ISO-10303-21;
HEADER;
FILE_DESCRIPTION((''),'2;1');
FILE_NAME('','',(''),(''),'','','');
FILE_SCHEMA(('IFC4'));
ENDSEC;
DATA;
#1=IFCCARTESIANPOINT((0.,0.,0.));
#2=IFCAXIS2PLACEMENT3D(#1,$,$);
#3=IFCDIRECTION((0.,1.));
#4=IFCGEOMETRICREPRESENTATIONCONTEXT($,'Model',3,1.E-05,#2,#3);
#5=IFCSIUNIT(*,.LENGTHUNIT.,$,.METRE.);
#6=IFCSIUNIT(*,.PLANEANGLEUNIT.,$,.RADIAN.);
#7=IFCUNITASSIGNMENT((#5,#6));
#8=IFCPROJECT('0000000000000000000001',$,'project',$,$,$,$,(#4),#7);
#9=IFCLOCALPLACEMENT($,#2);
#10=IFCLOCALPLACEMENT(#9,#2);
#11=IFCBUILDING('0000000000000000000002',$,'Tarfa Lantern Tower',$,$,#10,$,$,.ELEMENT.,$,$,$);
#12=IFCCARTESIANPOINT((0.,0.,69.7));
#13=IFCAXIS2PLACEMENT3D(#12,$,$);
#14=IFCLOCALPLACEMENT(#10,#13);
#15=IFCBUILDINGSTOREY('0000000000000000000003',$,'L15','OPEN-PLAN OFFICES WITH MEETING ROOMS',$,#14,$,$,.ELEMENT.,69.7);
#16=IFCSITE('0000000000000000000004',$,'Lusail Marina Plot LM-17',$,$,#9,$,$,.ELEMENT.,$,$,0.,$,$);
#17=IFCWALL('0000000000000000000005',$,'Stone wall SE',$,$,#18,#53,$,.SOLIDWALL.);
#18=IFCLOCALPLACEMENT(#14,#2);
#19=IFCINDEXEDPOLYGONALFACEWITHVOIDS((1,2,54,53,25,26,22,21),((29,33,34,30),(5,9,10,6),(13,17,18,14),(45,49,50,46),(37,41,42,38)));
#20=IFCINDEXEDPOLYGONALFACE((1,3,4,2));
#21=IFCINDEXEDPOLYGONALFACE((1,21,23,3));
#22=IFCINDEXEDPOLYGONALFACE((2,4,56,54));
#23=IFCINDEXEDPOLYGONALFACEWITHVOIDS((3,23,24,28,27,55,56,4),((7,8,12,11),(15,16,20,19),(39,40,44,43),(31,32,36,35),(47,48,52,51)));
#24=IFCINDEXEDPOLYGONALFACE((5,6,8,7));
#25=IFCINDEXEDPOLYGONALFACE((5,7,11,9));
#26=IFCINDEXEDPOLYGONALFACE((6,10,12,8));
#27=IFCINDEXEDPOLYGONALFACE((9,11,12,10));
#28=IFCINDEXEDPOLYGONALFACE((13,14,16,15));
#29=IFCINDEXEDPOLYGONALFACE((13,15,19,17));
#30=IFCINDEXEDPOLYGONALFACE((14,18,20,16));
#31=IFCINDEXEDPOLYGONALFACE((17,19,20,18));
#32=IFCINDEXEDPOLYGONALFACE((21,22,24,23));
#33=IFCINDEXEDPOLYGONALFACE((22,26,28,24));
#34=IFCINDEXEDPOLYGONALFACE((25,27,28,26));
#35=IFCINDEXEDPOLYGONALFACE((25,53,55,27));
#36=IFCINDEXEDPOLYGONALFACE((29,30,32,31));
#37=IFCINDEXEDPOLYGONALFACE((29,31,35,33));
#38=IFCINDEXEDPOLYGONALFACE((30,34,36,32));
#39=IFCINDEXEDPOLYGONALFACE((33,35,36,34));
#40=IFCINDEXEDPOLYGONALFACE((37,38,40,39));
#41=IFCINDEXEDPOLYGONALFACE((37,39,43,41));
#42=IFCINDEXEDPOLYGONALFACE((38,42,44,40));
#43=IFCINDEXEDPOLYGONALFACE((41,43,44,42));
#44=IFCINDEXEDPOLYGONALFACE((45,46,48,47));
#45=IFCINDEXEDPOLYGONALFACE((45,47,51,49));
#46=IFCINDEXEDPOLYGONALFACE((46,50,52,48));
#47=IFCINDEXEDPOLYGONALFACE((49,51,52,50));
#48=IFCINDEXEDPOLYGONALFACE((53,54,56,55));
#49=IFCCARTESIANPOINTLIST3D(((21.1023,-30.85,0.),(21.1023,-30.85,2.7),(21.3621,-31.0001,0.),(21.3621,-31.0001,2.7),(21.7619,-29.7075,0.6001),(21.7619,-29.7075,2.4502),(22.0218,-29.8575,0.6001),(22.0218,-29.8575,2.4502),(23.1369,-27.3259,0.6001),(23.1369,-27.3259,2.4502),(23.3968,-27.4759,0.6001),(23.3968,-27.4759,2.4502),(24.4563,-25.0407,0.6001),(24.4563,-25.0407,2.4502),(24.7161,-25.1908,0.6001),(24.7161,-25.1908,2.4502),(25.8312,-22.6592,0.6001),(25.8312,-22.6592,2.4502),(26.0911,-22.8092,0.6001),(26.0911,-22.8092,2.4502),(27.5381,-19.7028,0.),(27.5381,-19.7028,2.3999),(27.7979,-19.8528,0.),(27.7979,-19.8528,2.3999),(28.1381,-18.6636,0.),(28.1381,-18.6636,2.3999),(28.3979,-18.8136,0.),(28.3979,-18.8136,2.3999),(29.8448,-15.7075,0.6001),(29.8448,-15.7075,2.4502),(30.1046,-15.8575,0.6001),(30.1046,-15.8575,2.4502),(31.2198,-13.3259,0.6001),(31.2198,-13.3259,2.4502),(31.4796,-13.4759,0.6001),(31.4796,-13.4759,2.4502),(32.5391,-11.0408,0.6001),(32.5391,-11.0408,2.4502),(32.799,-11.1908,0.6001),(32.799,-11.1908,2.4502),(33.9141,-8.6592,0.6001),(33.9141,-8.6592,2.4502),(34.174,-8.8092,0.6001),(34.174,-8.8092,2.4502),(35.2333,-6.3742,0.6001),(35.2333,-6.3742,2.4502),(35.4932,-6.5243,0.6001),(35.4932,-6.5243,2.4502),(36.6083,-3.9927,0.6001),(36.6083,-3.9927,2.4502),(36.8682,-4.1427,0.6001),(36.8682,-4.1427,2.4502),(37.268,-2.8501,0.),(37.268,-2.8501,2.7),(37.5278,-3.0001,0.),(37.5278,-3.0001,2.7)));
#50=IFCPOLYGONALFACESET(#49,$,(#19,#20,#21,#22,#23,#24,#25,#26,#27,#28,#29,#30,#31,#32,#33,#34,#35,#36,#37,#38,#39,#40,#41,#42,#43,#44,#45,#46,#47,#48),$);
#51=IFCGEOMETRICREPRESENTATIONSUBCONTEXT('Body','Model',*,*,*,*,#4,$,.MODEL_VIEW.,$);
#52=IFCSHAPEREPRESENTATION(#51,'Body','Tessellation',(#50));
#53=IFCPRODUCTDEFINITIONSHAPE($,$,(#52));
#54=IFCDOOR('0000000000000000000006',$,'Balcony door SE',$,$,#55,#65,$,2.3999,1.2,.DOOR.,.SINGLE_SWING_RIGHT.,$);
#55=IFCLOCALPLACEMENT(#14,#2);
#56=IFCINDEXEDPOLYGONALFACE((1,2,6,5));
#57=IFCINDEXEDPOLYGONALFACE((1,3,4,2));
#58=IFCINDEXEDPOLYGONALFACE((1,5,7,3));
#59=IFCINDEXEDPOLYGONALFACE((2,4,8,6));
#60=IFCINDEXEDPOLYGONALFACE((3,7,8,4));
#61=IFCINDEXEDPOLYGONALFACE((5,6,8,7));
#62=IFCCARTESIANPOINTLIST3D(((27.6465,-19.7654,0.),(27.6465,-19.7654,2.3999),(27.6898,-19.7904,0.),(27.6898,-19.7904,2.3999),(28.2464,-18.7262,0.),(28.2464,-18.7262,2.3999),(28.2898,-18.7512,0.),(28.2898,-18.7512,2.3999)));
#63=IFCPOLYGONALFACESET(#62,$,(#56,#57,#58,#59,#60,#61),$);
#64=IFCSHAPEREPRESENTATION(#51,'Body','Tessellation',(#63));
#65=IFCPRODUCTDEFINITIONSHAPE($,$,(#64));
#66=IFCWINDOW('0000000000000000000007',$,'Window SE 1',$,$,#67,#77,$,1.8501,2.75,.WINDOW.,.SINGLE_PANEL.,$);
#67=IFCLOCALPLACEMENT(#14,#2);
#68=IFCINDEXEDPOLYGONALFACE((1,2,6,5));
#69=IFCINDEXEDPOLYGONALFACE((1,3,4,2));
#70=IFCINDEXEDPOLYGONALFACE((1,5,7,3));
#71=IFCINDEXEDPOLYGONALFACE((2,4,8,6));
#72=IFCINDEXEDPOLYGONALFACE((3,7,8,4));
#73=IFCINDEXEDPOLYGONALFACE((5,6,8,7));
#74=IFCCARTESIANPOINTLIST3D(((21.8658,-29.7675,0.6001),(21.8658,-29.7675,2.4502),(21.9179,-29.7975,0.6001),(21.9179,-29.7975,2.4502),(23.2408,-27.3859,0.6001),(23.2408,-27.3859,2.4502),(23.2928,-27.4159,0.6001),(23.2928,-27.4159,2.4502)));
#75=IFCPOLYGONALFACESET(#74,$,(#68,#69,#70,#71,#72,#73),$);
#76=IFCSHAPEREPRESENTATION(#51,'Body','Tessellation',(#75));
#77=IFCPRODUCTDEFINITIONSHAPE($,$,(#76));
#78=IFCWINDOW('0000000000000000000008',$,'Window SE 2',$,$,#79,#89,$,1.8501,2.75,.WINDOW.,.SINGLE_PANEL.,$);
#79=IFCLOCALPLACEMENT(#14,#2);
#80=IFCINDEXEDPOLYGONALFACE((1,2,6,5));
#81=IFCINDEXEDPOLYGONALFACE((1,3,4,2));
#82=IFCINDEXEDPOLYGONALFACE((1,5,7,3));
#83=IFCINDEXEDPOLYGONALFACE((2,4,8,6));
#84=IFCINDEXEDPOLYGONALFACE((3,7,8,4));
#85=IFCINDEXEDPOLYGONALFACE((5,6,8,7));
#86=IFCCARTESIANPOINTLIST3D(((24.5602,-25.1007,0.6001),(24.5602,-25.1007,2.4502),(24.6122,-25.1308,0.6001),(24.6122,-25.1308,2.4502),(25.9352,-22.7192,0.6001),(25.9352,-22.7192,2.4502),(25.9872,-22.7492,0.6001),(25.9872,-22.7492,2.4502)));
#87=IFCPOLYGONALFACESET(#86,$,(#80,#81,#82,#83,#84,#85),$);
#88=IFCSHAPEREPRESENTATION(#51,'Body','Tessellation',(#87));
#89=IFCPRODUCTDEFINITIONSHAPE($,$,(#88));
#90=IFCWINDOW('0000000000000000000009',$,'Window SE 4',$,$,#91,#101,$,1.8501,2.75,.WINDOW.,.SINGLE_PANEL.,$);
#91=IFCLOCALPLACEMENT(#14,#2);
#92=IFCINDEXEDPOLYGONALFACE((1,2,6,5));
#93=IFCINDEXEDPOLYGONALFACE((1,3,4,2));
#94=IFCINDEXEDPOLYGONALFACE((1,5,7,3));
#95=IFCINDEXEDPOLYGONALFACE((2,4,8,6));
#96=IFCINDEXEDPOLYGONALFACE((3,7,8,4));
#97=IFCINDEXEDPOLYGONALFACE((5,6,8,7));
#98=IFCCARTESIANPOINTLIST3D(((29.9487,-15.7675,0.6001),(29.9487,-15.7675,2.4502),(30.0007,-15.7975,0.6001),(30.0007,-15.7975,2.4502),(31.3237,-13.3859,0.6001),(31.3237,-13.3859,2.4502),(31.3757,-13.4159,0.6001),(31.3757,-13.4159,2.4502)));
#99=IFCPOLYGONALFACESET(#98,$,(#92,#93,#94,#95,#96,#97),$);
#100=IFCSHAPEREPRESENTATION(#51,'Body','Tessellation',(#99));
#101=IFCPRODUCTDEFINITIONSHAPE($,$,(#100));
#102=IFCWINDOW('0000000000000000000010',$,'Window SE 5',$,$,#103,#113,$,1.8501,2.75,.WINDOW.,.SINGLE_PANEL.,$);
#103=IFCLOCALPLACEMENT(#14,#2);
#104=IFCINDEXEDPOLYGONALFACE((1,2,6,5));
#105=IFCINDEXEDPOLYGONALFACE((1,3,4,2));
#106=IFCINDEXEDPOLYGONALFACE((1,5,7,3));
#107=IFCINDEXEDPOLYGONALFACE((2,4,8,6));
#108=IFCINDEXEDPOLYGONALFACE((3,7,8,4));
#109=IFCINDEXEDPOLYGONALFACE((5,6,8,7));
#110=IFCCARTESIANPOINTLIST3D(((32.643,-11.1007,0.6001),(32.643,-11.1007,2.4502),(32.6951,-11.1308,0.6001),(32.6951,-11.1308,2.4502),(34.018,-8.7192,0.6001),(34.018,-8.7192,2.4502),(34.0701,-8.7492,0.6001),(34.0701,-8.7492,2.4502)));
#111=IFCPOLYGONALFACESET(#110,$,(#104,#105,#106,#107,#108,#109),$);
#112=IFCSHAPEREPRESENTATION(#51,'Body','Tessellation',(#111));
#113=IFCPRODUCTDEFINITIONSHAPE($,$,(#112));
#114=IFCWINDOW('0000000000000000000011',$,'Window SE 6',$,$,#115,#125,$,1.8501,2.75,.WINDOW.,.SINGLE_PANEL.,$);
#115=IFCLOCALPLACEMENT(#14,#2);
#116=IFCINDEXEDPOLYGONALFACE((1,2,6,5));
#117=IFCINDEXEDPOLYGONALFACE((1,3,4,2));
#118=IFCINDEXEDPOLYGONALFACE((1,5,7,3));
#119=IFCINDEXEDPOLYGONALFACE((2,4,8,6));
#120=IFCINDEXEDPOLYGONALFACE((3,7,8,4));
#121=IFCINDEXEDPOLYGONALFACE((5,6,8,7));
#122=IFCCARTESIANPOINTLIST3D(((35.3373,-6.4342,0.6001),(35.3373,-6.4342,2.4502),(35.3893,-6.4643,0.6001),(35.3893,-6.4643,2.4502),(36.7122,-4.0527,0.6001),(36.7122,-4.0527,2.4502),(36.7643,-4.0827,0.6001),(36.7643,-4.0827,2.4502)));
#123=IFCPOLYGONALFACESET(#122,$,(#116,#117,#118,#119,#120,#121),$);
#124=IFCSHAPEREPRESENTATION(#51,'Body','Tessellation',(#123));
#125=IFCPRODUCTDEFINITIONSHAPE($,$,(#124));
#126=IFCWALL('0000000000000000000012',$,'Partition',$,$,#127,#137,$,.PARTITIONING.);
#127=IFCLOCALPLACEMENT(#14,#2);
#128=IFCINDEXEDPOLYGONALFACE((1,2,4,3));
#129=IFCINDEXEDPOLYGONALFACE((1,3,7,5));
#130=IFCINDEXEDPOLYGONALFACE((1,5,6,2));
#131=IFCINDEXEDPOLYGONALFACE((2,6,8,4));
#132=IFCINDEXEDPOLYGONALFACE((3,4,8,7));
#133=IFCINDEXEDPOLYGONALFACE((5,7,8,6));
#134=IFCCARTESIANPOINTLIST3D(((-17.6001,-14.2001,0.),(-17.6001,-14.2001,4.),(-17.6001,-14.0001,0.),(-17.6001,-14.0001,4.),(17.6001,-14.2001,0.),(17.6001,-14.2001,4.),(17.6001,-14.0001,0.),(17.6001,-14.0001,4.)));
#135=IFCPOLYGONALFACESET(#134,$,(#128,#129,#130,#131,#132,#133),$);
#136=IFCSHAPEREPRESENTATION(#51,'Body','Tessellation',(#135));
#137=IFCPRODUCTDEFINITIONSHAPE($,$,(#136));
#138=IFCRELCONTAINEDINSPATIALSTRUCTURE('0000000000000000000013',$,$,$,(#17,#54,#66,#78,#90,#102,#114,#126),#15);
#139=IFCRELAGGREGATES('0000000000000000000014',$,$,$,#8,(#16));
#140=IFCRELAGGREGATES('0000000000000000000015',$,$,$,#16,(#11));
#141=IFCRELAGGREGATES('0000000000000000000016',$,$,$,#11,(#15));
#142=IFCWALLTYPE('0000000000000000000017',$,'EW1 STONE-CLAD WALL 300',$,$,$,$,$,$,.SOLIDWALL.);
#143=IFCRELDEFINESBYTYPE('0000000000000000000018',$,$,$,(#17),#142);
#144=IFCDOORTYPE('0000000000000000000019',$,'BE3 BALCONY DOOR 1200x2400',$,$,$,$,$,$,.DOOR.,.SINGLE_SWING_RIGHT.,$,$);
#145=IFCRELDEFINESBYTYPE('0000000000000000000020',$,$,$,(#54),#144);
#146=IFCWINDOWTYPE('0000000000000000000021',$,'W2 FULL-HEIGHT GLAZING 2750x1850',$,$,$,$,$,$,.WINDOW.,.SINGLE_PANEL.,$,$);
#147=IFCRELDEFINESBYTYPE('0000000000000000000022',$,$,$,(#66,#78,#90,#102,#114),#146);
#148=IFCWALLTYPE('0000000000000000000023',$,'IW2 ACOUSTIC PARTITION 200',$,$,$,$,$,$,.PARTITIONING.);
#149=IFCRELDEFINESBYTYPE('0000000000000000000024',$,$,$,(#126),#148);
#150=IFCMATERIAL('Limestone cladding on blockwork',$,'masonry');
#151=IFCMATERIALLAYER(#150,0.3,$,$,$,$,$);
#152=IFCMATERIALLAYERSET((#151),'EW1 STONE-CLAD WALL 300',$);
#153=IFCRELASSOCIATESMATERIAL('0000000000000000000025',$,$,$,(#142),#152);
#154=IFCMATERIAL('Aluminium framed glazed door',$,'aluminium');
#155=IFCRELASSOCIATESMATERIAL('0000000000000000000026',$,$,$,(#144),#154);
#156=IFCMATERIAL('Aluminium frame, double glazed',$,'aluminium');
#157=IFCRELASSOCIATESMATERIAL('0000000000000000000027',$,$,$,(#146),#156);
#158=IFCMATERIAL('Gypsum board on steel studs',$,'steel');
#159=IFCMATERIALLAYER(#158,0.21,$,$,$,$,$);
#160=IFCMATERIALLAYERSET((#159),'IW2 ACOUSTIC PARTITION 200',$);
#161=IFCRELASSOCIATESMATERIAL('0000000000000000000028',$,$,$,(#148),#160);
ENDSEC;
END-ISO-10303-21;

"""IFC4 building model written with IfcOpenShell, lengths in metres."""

from ifc_helpers import new_model, si_unit, direction, frame, frame_2d, origin, place, context, subcontext, project, spatial, rectangle, extrude, material, layer, layer_set, type_object, element, fill, save


model = new_model("IFC4")

# Units and contexts
model_context = context("Model", 3, precision=1e-05, world=origin(), true_north=direction((0.0, 1.0)))
body_context = subcontext(model_context, "Body", "Model", "MODEL_VIEW")
ifc_project = project(units=[si_unit("LENGTHUNIT", "METRE"), si_unit("PLANEANGLEUNIT", "RADIAN")], contexts=[model_context])

# Site, building, storey
site_placement = place(None, origin())
site = spatial("IfcSite", under=ifc_project, at=site_placement, Name="Lusail Marina Plot LM-17", CompositionType="ELEMENT", RefElevation=0.0)
building_placement = place(site_placement, origin())
building = spatial("IfcBuilding", under=site, at=building_placement, Name="Tarfa Lantern Tower", CompositionType="ELEMENT")
storey_placement = place(building_placement, frame((0.0, 0.0, 69.7)))
storey = spatial("IfcBuildingStorey", under=building, at=storey_placement, Name="L15", Description="OPEN-PLAN OFFICES WITH MEETING ROOMS", CompositionType="ELEMENT", Elevation=69.7)

# Wall, openings, door, windows
ifc_material_1 = material(Name="Limestone cladding on blockwork", Category="masonry")
ifc_layer_1 = layer(ifc_material_1, 0.3)
ifc_layer_set_1 = layer_set([ifc_layer_1], Name="EW1 STONE-CLAD WALL 300")
wall_type_1 = type_object("IfcWallType", Name="EW1 STONE-CLAD WALL 300", PredefinedType="SOLIDWALL", material=ifc_layer_set_1)
wall_1_placement = place(storey_placement, frame((21.2322, -30.925, 0.0), z_axis=(0.0, 0.0, 1.0), x_axis=(0.499999, 0.866026, 0.0)))
wall_1 = element("IfcWall", 1, at=wall_1_placement, inside=storey, type_object=wall_type_1, Name="Stone wall SE", PredefinedType="SOLIDWALL", context=body_context, shape_type="SweptSolid", body=[
    extrude(rectangle(XDim=32.3315, YDim=0.3, at=frame_2d((16.1658, 0.0))), origin(), (0.0, 0.0, 1.0), 2.7),
])
opening_1_placement = place(wall_1_placement, frame((1.3193, 0.0, 0.6001)))
opening_1 = element("IfcOpeningElement", 2, at=opening_1_placement, cuts=wall_1, PredefinedType="OPENING", context=body_context, shape_type="SweptSolid", body=[
    extrude(rectangle(XDim=2.75, YDim=1.8501, at=frame_2d((1.375, 0.925))), frame((0.0, 0.1599, 0.0), z_axis=(0.0, -1.0, 0.0), x_axis=(1.0, 0.0, 0.0)), (0.0, 0.0, 1.0), 0.3201),
])
opening_2_placement = place(wall_1_placement, frame((6.708, 0.0, 0.6001)))
opening_2 = element("IfcOpeningElement", 3, at=opening_2_placement, cuts=wall_1, PredefinedType="OPENING", context=body_context, shape_type="SweptSolid", body=[
    extrude(rectangle(XDim=2.75, YDim=1.8501, at=frame_2d((1.375, 0.925))), frame((0.0, 0.1599, 0.0), z_axis=(0.0, -1.0, 0.0), x_axis=(1.0, 0.0, 0.0)), (0.0, 0.0, 1.0), 0.3201),
])
opening_3_placement = place(wall_1_placement, frame((12.8716, 0.0, 0.0)))
opening_3 = element("IfcOpeningElement", 4, at=opening_3_placement, cuts=wall_1, PredefinedType="OPENING", context=body_context, shape_type="SweptSolid", body=[
    extrude(rectangle(XDim=1.2, YDim=2.3999, at=frame_2d((0.6001, 1.2))), frame((0.0, 0.1599, 0.0), z_axis=(0.0, -1.0, 0.0), x_axis=(1.0, 0.0, 0.0)), (0.0, 0.0, 1.0), 0.3201),
])
opening_4_placement = place(wall_1_placement, frame((17.4851, 0.0, 0.6001)))
opening_4 = element("IfcOpeningElement", 5, at=opening_4_placement, cuts=wall_1, PredefinedType="OPENING", context=body_context, shape_type="SweptSolid", body=[
    extrude(rectangle(XDim=2.75, YDim=1.8501, at=frame_2d((1.375, 0.925))), frame((0.0, 0.1599, 0.0), z_axis=(0.0, -1.0, 0.0), x_axis=(1.0, 0.0, 0.0)), (0.0, 0.0, 1.0), 0.3201),
])
opening_5_placement = place(wall_1_placement, frame((22.8738, 0.0, 0.6001)))
opening_5 = element("IfcOpeningElement", 6, at=opening_5_placement, cuts=wall_1, PredefinedType="OPENING", context=body_context, shape_type="SweptSolid", body=[
    extrude(rectangle(XDim=2.75, YDim=1.8501, at=frame_2d((1.375, 0.925))), frame((0.0, 0.1599, 0.0), z_axis=(0.0, -1.0, 0.0), x_axis=(1.0, 0.0, 0.0)), (0.0, 0.0, 1.0), 0.3201),
])
opening_6_placement = place(wall_1_placement, frame((28.2622, 0.0, 0.6001)))
opening_6 = element("IfcOpeningElement", 7, at=opening_6_placement, cuts=wall_1, PredefinedType="OPENING", context=body_context, shape_type="SweptSolid", body=[
    extrude(rectangle(XDim=2.75, YDim=1.8501, at=frame_2d((1.375, 0.925))), frame((0.0, 0.1599, 0.0), z_axis=(0.0, -1.0, 0.0), x_axis=(1.0, 0.0, 0.0)), (0.0, 0.0, 1.0), 0.3201),
])
ifc_material_2 = material(Name="Aluminium framed glazed door", Category="aluminium")
door_type_1 = type_object("IfcDoorType", Name="BE3 BALCONY DOOR 1200x2400", OperationType="SINGLE_SWING_RIGHT", PredefinedType="DOOR", material=ifc_material_2)
door_1_placement = place(opening_3_placement, origin())
door_1 = element("IfcDoor", 8, at=door_1_placement, inside=storey, type_object=door_type_1, Name="Balcony door SE", OperationType="SINGLE_SWING_RIGHT", OverallHeight=2.3999, OverallWidth=1.2, PredefinedType="DOOR", context=body_context, shape_type="SweptSolid", body=[
    extrude(rectangle(XDim=1.2, YDim=2.3999, at=frame_2d((0.6001, 1.2))), frame((0.0, 0.0249, 0.0), z_axis=(0.0, -1.0, 0.0), x_axis=(1.0, 0.0, 0.0)), (0.0, 0.0, 1.0), 0.05),
])
fill(opening_3, door_1)
ifc_material_3 = material(Name="Aluminium frame, double glazed", Category="aluminium")
window_type = type_object("IfcWindowType", Name="W2 FULL-HEIGHT GLAZING 2750x1850", PartitioningType="SINGLE_PANEL", PredefinedType="WINDOW", material=ifc_material_3)
window_1_placement = place(opening_1_placement, origin())
window_1 = element("IfcWindow", 9, at=window_1_placement, inside=storey, type_object=window_type, Name="Window SE 1", OverallHeight=1.8501, OverallWidth=2.75, PartitioningType="SINGLE_PANEL", PredefinedType="WINDOW", context=body_context, shape_type="SweptSolid", body=[
    extrude(rectangle(XDim=2.75, YDim=1.8501, at=frame_2d((1.375, 0.925))), frame((0.0, 0.03, 0.0), z_axis=(0.0, -1.0, 0.0), x_axis=(1.0, 0.0, 0.0)), (0.0, 0.0, 1.0), 0.0601),
])
fill(opening_1, window_1)
window_2_placement = place(opening_2_placement, origin())
window_2 = element("IfcWindow", 10, at=window_2_placement, inside=storey, type_object=window_type, Name="Window SE 2", OverallHeight=1.8501, OverallWidth=2.75, PartitioningType="SINGLE_PANEL", PredefinedType="WINDOW", context=body_context, shape_type="SweptSolid", body=[
    extrude(rectangle(XDim=2.75, YDim=1.8501, at=frame_2d((1.375, 0.925))), frame((0.0, 0.03, 0.0), z_axis=(0.0, -1.0, 0.0), x_axis=(1.0, 0.0, 0.0)), (0.0, 0.0, 1.0), 0.0601),
])
fill(opening_2, window_2)
window_3_placement = place(opening_4_placement, origin())
window_3 = element("IfcWindow", 11, at=window_3_placement, inside=storey, type_object=window_type, Name="Window SE 4", OverallHeight=1.8501, OverallWidth=2.75, PartitioningType="SINGLE_PANEL", PredefinedType="WINDOW", context=body_context, shape_type="SweptSolid", body=[
    extrude(rectangle(XDim=2.75, YDim=1.8501, at=frame_2d((1.375, 0.925))), frame((0.0, 0.03, 0.0), z_axis=(0.0, -1.0, 0.0), x_axis=(1.0, 0.0, 0.0)), (0.0, 0.0, 1.0), 0.0601),
])
fill(opening_4, window_3)
window_4_placement = place(opening_5_placement, origin())
window_4 = element("IfcWindow", 12, at=window_4_placement, inside=storey, type_object=window_type, Name="Window SE 5", OverallHeight=1.8501, OverallWidth=2.75, PartitioningType="SINGLE_PANEL", PredefinedType="WINDOW", context=body_context, shape_type="SweptSolid", body=[
    extrude(rectangle(XDim=2.75, YDim=1.8501, at=frame_2d((1.375, 0.925))), frame((0.0, 0.03, 0.0), z_axis=(0.0, -1.0, 0.0), x_axis=(1.0, 0.0, 0.0)), (0.0, 0.0, 1.0), 0.0601),
])
fill(opening_5, window_4)
window_5_placement = place(opening_6_placement, origin())
window_5 = element("IfcWindow", 13, at=window_5_placement, inside=storey, type_object=window_type, Name="Window SE 6", OverallHeight=1.8501, OverallWidth=2.75, PartitioningType="SINGLE_PANEL", PredefinedType="WINDOW", context=body_context, shape_type="SweptSolid", body=[
    extrude(rectangle(XDim=2.75, YDim=1.8501, at=frame_2d((1.375, 0.925))), frame((0.0, 0.03, 0.0), z_axis=(0.0, -1.0, 0.0), x_axis=(1.0, 0.0, 0.0)), (0.0, 0.0, 1.0), 0.0601),
])
fill(opening_6, window_5)

# Wall
ifc_material_4 = material(Name="Gypsum board on steel studs", Category="steel")
ifc_layer_2 = layer(ifc_material_4, 0.21)
ifc_layer_set_2 = layer_set([ifc_layer_2], Name="IW2 ACOUSTIC PARTITION 200")
wall_type_2 = type_object("IfcWallType", Name="IW2 ACOUSTIC PARTITION 200", PredefinedType="PARTITIONING", material=ifc_layer_set_2)
wall_2_placement = place(storey_placement, frame((17.6001, -14.1001, 0.0), z_axis=(0.0, 0.0, 1.0), x_axis=(-1.0, 0.0, 0.0)))
element("IfcWall", 14, at=wall_2_placement, inside=storey, type_object=wall_type_2, Name="Partition", PredefinedType="PARTITIONING", context=body_context, shape_type="SweptSolid", body=[
    extrude(rectangle(XDim=35.2002, YDim=0.2, at=frame_2d((17.6001, 0.0))), origin(), (0.0, 0.0, 1.0), 4.0),
])

save(model, "model.ifc")
